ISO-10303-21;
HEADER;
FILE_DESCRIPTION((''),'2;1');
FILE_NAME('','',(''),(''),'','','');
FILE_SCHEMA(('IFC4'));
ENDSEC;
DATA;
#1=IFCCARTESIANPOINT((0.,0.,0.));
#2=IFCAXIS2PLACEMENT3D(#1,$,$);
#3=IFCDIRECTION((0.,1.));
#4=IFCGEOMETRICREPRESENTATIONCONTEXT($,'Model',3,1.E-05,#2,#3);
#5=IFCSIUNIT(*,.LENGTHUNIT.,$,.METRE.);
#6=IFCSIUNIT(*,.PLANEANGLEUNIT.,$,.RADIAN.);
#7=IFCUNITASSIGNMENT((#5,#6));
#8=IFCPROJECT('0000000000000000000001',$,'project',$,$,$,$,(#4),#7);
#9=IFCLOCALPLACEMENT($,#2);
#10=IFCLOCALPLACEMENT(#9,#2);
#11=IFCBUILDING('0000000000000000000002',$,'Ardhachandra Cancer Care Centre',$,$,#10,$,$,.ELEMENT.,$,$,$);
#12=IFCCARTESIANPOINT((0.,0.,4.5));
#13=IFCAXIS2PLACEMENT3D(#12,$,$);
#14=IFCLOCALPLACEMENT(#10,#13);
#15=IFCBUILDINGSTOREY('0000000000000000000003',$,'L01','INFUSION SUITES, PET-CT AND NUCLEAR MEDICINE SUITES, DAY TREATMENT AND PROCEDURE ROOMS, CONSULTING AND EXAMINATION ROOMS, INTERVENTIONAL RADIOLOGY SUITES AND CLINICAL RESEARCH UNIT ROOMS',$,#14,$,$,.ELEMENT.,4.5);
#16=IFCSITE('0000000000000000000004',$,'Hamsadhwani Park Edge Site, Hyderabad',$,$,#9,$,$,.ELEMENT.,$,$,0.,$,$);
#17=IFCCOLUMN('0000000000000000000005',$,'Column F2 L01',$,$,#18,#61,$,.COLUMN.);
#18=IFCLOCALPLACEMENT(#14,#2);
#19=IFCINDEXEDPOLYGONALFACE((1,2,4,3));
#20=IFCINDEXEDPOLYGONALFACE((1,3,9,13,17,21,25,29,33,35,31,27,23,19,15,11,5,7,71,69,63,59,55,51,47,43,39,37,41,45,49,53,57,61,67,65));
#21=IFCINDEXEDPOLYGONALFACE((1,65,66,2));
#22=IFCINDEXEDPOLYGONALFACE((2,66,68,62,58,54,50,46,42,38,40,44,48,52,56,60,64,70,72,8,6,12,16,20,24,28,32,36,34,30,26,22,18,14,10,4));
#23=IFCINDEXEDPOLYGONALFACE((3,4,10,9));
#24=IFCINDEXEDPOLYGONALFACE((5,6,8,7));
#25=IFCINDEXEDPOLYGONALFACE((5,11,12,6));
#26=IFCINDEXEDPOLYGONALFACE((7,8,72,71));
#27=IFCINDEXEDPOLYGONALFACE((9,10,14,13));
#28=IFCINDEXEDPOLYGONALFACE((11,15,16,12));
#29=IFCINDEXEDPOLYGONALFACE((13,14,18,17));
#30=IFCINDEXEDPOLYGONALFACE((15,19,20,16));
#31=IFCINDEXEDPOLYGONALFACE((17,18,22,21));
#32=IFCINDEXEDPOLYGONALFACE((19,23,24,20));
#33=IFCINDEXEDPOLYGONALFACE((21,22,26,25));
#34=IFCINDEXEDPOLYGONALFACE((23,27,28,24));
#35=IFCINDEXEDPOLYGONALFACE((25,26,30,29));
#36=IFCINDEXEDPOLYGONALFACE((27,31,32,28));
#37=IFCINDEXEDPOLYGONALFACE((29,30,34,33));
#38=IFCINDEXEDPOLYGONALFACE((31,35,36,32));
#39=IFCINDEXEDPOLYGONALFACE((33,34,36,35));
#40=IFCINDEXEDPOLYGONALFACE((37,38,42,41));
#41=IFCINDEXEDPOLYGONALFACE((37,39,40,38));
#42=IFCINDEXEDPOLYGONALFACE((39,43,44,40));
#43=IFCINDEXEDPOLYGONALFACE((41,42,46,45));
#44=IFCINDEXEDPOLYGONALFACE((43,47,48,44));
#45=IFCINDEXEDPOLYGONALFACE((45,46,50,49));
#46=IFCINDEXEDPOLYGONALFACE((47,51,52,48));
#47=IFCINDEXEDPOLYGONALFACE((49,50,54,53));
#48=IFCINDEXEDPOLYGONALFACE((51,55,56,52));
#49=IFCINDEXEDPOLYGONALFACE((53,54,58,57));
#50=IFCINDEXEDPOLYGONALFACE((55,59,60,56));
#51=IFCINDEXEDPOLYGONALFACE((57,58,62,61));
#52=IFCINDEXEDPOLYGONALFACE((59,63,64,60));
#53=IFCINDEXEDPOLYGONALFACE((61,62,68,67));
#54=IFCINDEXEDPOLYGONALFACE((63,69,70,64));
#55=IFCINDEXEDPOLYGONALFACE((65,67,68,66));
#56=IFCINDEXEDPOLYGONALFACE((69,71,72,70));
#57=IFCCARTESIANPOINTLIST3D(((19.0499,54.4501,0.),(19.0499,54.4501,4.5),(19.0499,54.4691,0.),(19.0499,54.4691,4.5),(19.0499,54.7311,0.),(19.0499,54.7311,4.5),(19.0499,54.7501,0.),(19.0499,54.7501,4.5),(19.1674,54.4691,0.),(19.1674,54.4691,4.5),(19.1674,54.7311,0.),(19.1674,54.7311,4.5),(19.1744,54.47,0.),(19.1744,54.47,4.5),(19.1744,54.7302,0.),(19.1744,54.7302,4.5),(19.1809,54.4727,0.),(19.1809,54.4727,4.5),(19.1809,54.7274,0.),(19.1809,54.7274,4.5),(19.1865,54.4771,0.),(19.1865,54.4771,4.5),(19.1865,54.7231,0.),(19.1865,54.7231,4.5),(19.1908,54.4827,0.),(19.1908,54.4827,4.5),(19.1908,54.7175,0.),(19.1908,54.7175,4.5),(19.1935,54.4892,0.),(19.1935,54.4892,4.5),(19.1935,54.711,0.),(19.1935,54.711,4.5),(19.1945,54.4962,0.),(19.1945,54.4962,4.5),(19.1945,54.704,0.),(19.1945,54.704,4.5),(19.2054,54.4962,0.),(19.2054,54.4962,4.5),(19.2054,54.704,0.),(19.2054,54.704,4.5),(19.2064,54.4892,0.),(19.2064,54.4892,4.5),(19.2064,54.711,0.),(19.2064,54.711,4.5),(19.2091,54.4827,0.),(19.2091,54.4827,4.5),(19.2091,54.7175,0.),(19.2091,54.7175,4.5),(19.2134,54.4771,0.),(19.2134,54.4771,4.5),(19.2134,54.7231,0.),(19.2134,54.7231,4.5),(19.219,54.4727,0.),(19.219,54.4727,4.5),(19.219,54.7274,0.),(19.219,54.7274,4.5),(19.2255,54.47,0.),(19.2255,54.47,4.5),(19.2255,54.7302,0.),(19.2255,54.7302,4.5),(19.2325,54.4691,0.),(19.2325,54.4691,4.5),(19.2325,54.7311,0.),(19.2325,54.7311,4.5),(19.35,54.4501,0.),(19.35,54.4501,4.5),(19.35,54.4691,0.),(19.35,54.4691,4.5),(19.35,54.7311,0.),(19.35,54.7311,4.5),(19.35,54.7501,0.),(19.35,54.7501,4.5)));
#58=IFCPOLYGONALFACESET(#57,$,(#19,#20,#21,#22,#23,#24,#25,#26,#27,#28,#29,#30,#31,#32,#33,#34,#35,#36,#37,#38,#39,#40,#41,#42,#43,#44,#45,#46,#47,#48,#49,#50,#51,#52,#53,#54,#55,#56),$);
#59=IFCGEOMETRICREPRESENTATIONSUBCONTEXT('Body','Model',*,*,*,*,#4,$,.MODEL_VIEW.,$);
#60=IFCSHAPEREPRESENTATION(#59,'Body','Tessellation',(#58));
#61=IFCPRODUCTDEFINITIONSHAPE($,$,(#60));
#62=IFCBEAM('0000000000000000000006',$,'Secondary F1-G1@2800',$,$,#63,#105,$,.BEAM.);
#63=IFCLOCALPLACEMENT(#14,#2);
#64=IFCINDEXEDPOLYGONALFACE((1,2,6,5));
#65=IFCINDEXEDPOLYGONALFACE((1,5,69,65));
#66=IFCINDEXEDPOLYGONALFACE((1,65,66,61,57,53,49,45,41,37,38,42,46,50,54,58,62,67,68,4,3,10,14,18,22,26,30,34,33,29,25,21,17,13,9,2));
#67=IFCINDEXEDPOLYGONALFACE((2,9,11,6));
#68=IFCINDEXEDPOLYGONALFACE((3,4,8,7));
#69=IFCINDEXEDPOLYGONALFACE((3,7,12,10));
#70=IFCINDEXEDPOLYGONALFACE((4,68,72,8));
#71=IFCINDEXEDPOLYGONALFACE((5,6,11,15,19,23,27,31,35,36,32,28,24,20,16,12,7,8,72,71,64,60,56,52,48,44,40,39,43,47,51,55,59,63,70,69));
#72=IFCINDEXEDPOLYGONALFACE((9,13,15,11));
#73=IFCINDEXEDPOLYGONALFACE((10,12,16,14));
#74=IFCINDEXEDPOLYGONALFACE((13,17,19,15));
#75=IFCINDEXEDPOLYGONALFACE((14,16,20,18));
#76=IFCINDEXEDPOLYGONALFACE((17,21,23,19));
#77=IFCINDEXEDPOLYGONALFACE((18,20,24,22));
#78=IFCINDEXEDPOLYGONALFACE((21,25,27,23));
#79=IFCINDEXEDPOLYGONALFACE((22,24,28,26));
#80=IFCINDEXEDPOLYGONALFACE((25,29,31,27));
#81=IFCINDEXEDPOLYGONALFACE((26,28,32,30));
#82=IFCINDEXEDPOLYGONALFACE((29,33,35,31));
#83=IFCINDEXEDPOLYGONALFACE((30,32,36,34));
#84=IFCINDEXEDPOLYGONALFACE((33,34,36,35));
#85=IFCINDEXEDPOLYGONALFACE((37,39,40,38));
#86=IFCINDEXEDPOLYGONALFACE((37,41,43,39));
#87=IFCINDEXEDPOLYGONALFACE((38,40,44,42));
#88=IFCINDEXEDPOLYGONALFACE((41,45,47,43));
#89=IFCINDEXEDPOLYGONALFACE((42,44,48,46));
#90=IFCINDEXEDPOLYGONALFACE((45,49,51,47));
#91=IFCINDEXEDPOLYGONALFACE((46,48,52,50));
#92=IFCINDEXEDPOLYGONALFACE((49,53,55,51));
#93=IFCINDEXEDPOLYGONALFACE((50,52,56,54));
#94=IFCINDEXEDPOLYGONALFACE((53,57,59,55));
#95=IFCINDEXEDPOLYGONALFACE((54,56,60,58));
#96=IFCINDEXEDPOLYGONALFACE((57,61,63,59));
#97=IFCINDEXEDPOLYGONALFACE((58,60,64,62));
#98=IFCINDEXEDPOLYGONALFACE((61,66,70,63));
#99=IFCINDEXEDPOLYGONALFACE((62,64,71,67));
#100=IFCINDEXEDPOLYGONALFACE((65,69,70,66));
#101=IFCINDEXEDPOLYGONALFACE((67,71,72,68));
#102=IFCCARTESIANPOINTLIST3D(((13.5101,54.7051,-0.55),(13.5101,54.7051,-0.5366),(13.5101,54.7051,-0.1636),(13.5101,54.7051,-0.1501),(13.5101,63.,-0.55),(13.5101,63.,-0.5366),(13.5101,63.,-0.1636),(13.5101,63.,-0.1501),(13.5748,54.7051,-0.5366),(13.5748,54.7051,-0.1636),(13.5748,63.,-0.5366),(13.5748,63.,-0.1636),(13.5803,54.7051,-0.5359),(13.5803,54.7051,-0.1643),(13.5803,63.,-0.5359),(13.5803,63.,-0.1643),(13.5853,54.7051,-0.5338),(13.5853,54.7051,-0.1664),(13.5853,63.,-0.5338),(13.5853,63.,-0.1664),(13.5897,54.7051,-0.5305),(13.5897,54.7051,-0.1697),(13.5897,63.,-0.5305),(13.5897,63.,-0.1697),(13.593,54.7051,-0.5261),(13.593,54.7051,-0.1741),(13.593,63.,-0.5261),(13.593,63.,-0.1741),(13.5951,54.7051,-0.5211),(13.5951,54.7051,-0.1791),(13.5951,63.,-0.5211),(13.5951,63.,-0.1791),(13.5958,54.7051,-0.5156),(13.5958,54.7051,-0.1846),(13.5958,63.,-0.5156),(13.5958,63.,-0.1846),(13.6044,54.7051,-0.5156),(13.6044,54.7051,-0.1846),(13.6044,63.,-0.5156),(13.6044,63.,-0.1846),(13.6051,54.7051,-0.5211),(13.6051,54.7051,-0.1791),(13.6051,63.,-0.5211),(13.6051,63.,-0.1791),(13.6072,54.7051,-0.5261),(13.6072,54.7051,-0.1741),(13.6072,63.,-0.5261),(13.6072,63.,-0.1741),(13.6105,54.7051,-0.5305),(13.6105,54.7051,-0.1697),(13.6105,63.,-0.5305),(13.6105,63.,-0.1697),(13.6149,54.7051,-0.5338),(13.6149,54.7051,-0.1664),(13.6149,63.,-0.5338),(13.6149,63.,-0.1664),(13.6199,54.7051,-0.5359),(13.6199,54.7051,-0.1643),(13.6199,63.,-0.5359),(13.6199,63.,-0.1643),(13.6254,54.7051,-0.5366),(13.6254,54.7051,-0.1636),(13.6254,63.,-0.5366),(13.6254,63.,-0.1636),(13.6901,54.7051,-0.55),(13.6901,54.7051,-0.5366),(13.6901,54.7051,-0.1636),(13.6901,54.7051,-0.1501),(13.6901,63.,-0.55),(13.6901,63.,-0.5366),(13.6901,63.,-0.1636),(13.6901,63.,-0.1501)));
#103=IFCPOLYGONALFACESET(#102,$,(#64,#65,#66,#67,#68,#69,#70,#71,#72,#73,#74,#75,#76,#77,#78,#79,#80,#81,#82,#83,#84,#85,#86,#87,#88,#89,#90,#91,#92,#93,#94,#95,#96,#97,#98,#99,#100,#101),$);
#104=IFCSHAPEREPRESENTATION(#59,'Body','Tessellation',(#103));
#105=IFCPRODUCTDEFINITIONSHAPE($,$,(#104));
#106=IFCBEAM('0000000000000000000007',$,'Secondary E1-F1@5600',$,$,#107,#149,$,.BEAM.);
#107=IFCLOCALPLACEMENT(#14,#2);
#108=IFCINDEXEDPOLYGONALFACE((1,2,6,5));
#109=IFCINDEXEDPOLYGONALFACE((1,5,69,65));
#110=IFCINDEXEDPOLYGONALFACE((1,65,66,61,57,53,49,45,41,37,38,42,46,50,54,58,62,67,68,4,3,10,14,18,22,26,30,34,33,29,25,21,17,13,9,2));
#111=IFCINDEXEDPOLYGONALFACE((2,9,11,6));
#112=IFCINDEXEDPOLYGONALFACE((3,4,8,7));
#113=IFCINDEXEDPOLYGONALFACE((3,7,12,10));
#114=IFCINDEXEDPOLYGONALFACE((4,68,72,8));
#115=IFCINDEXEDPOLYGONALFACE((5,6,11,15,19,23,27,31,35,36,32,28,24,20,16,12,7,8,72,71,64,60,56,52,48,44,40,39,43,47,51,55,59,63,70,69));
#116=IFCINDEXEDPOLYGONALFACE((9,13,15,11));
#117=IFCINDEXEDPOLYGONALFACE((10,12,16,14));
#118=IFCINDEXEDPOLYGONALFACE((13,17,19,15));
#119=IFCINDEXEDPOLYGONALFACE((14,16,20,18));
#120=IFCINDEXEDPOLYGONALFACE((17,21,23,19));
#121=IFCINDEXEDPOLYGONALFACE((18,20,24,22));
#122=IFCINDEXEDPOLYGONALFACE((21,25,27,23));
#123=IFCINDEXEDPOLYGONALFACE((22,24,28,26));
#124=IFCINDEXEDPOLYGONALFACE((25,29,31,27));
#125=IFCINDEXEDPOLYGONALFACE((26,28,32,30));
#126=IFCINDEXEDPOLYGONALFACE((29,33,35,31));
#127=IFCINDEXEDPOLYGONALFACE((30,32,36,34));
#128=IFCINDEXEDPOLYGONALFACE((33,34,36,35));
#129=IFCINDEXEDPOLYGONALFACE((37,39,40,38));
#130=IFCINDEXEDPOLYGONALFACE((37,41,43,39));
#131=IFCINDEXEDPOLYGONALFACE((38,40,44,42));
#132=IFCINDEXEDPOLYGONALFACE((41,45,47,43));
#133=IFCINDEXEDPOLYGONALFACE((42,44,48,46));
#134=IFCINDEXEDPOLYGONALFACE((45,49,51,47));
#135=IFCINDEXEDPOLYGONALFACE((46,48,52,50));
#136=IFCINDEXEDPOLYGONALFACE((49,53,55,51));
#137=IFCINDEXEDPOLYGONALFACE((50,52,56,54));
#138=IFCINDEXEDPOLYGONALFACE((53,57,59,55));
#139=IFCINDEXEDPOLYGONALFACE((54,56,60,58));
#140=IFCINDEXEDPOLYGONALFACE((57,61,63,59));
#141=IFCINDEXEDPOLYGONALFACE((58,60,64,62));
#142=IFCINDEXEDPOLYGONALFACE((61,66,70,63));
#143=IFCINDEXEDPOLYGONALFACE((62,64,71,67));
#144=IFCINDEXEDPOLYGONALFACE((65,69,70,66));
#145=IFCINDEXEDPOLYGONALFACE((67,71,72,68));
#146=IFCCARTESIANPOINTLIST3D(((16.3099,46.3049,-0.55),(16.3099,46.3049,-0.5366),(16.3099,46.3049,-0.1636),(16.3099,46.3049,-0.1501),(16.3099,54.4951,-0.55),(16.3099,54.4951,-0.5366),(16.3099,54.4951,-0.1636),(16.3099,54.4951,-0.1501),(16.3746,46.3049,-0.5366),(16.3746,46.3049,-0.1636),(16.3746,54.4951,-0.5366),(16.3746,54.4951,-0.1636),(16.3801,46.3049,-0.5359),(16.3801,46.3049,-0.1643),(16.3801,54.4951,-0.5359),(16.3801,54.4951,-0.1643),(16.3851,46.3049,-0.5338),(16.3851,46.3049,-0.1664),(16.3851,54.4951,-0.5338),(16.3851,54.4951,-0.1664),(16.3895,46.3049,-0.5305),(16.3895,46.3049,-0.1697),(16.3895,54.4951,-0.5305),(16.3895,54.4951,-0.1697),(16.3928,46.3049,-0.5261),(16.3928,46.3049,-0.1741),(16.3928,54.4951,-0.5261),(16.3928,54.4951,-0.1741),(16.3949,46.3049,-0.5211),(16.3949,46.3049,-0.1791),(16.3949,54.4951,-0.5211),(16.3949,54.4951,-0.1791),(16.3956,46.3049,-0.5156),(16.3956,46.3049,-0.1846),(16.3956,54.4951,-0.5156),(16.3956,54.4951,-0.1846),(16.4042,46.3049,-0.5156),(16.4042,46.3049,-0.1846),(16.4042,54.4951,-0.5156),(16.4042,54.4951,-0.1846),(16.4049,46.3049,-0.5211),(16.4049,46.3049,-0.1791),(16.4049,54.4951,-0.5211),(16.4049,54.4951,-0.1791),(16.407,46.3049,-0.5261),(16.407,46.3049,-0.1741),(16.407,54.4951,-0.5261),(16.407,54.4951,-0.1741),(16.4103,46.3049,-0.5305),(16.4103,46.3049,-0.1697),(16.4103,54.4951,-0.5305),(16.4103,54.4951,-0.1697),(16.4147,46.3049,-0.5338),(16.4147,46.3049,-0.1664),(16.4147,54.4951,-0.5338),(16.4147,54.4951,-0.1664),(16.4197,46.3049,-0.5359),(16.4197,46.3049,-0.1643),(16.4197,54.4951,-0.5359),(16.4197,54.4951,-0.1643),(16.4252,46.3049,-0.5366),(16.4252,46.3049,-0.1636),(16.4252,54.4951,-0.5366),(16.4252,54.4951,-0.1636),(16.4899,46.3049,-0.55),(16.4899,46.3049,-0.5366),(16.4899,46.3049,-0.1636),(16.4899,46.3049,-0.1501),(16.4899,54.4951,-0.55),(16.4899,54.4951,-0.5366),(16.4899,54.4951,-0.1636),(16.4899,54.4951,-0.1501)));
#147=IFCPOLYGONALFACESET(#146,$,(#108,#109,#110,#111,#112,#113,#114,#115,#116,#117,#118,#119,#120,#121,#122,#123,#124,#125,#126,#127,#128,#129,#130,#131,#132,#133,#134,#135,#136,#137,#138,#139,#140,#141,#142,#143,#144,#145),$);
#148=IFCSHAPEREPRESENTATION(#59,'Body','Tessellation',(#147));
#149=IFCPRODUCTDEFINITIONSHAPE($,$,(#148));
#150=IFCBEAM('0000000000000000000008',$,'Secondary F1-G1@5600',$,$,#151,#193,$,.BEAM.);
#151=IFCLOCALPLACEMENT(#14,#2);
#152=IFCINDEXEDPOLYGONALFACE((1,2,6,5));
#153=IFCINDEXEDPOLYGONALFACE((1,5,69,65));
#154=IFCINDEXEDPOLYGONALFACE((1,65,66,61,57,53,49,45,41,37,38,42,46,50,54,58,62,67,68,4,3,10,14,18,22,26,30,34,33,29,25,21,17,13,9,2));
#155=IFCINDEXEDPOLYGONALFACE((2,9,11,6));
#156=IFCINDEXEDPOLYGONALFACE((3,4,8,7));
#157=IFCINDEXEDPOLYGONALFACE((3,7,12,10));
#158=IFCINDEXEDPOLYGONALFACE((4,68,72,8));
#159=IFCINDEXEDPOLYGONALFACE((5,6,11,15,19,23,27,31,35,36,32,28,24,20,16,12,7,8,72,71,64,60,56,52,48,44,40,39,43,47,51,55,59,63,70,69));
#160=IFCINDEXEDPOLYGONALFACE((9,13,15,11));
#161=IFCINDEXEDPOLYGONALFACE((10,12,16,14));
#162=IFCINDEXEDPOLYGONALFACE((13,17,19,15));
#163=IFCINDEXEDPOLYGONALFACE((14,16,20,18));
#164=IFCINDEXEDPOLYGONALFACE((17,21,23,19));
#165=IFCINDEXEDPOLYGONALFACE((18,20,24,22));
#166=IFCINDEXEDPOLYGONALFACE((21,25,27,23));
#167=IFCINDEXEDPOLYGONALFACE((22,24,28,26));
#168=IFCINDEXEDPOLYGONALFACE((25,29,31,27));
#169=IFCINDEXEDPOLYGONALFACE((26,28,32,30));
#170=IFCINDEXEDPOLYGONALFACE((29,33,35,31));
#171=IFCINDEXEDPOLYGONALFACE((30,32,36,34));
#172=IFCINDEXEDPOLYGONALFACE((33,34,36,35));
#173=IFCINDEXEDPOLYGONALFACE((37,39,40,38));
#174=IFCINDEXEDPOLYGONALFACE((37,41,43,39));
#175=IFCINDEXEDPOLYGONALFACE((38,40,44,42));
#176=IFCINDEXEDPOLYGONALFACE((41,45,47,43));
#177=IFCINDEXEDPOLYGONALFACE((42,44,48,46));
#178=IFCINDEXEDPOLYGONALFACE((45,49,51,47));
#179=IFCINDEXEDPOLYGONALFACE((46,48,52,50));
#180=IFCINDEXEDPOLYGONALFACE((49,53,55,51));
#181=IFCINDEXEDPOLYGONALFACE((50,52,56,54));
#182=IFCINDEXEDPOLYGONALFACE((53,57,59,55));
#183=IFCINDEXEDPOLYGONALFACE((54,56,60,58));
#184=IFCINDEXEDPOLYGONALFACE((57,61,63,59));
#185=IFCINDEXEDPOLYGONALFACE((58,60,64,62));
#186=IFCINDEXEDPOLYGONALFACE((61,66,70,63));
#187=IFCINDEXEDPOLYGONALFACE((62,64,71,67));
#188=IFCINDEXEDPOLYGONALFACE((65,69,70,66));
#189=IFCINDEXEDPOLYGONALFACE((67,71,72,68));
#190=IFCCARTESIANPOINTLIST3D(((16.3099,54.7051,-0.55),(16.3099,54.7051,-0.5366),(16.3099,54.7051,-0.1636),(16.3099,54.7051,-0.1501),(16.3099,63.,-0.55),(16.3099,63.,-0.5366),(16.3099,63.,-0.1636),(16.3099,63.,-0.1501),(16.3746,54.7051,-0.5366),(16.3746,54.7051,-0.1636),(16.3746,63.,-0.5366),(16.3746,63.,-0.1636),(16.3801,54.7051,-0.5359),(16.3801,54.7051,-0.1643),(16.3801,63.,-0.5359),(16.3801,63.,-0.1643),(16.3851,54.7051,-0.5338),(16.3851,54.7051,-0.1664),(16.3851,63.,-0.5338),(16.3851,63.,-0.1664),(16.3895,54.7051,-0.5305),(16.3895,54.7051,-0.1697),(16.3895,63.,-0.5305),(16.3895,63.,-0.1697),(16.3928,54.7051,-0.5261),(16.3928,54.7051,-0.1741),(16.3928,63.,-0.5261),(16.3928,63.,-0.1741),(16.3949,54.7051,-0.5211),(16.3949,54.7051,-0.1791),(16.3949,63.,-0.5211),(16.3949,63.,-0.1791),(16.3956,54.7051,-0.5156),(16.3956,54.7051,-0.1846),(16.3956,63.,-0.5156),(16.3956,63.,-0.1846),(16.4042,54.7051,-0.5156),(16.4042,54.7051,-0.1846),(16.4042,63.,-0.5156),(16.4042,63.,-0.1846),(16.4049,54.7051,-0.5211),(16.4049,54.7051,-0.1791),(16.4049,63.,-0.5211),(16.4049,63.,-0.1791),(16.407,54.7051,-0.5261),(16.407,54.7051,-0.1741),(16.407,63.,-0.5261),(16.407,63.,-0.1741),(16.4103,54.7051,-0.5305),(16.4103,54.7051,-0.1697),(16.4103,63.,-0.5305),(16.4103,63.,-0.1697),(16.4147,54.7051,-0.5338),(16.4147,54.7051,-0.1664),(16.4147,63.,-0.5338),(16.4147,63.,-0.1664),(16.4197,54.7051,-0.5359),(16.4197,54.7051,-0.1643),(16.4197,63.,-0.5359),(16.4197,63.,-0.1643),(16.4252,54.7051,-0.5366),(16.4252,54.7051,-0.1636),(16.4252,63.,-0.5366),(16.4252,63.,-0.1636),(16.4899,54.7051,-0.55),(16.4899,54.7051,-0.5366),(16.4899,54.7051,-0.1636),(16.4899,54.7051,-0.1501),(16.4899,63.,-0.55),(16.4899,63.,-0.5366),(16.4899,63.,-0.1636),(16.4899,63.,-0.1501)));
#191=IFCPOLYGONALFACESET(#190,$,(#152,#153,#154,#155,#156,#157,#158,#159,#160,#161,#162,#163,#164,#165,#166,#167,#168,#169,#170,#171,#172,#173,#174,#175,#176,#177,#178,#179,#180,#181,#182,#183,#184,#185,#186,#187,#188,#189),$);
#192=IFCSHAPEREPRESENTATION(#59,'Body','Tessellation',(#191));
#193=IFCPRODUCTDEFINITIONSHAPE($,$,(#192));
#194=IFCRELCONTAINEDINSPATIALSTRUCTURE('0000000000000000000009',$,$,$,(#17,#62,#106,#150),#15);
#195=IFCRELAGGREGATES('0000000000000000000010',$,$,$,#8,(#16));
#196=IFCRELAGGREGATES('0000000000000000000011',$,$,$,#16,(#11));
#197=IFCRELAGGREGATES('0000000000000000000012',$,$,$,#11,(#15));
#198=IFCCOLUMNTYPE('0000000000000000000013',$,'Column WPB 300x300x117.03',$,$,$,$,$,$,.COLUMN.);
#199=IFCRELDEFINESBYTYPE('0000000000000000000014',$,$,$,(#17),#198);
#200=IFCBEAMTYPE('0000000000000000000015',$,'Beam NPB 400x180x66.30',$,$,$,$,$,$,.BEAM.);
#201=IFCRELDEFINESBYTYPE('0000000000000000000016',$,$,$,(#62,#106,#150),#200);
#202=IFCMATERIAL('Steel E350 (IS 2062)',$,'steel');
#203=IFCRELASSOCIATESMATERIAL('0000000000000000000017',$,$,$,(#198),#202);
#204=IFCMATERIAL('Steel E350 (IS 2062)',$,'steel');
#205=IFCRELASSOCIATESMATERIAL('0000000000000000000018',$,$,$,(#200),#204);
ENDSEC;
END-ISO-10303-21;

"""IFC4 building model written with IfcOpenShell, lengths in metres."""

from ifc_helpers import new_model, si_unit, direction, frame, origin, origin_2d, place, context, subcontext, project, spatial, i_section, extrude, material, material_profile, profile_set, type_object, element, save


model = new_model("IFC4")

# Units and contexts
model_context = context("Model", 3, precision=1e-05, world=origin(), true_north=direction((0.0, 1.0)))
body_context = subcontext(model_context, "Body", "Model", "MODEL_VIEW")
ifc_project = project(units=[si_unit("LENGTHUNIT", "METRE"), si_unit("PLANEANGLEUNIT", "RADIAN")], contexts=[model_context])

# Site, building, storey
site_placement = place(None, origin())
site = spatial("IfcSite", under=ifc_project, at=site_placement, Name="Hamsadhwani Park Edge Site, Hyderabad", CompositionType="ELEMENT", RefElevation=0.0)
building_placement = place(site_placement, origin())
building = spatial("IfcBuilding", under=site, at=building_placement, Name="Ardhachandra Cancer Care Centre", CompositionType="ELEMENT")
storey_placement = place(building_placement, frame((0.0, 0.0, 4.5)))
storey = spatial("IfcBuildingStorey", under=building, at=storey_placement, Name="L01", Description="INFUSION SUITES, PET-CT AND NUCLEAR MEDICINE SUITES, DAY TREATMENT AND PROCEDURE ROOMS, CONSULTING AND EXAMINATION ROOMS, INTERVENTIONAL RADIOLOGY SUITES AND CLINICAL RESEARCH UNIT ROOMS", CompositionType="ELEMENT", Elevation=4.5)

# Column
ifc_material_1 = material(Name="Steel E350 (IS 2062)", Category="steel")
ifc_material_profile_1 = material_profile(ifc_material_1, i_section(OverallWidth=0.3, OverallDepth=0.3, WebThickness=0.011, FlangeThickness=0.019, FilletRadius=0.0271, at=origin_2d()), Name="WPB 300x300x117.03")
ifc_profile_set_1 = profile_set([ifc_material_profile_1], Name="Steel E350 (IS 2062)")
column_type = type_object("IfcColumnType", Name="Column WPB 300x300x117.03", PredefinedType="COLUMN", material=ifc_profile_set_1)
column_placement = place(storey_placement, frame((19.2, 54.6001, 0.0), z_axis=(0.0, 0.0, 1.0), x_axis=(1.0, 0.0, 0.0)))
element("IfcColumn", 1, at=column_placement, inside=storey, type_object=column_type, Name="Column F2 L01", PredefinedType="COLUMN", context=body_context, shape_type="SweptSolid", body=[
    extrude(i_section(OverallWidth=0.3, OverallDepth=0.3, WebThickness=0.011, FlangeThickness=0.019, FilletRadius=0.0271, at=origin_2d()), origin(), (0.0, 0.0, 1.0), 4.5),
])

# Beams
ifc_material_2 = material(Name="Steel E350 (IS 2062)", Category="steel")
ifc_material_profile_2 = material_profile(ifc_material_2, i_section(OverallWidth=0.1799, OverallDepth=0.3999, WebThickness=0.0085, FlangeThickness=0.0134, FilletRadius=0.021, at=origin_2d()), Name="NPB 400x180x66.30")
ifc_profile_set_2 = profile_set([ifc_material_profile_2], Name="Steel E350 (IS 2062)")
beam_type_1 = type_object("IfcBeamType", Name="Beam NPB 400x180x66.30", PredefinedType="BEAM", material=ifc_profile_set_2)
beam_1_placement = place(storey_placement, frame((13.6001, 54.7051, -0.3501), z_axis=(0.0, 1.0, 0.0), x_axis=(-1.0, 0.0, 0.0)))
element("IfcBeam", 2, at=beam_1_placement, inside=storey, type_object=beam_type_1, Name="Secondary F1-G1@2800", PredefinedType="BEAM", context=body_context, shape_type="SweptSolid", body=[
    extrude(i_section(OverallWidth=0.1799, OverallDepth=0.3999, WebThickness=0.0085, FlangeThickness=0.0134, FilletRadius=0.021, at=origin_2d()), origin(), (0.0, 0.0, 1.0), 8.2949),
])
beam_2_placement = place(storey_placement, frame((16.3999, 46.3049, -0.3501), z_axis=(0.0, 1.0, 0.0), x_axis=(-1.0, 0.0, 0.0)))
element("IfcBeam", 3, at=beam_2_placement, inside=storey, type_object=beam_type_1, Name="Secondary E1-F1@5600", PredefinedType="BEAM", context=body_context, shape_type="SweptSolid", body=[
    extrude(i_section(OverallWidth=0.1799, OverallDepth=0.3999, WebThickness=0.0085, FlangeThickness=0.0134, FilletRadius=0.021, at=origin_2d()), origin(), (0.0, 0.0, 1.0), 8.1902),
])
beam_3_placement = place(storey_placement, frame((16.3999, 54.7051, -0.3501), z_axis=(0.0, 1.0, 0.0), x_axis=(-1.0, 0.0, 0.0)))
element("IfcBeam", 4, at=beam_3_placement, inside=storey, type_object=beam_type_1, Name="Secondary F1-G1@5600", PredefinedType="BEAM", context=body_context, shape_type="SweptSolid", body=[
    extrude(i_section(OverallWidth=0.1799, OverallDepth=0.3999, WebThickness=0.0085, FlangeThickness=0.0134, FilletRadius=0.021, at=origin_2d()), origin(), (0.0, 0.0, 1.0), 8.2949),
])

save(model, "model.ifc")
